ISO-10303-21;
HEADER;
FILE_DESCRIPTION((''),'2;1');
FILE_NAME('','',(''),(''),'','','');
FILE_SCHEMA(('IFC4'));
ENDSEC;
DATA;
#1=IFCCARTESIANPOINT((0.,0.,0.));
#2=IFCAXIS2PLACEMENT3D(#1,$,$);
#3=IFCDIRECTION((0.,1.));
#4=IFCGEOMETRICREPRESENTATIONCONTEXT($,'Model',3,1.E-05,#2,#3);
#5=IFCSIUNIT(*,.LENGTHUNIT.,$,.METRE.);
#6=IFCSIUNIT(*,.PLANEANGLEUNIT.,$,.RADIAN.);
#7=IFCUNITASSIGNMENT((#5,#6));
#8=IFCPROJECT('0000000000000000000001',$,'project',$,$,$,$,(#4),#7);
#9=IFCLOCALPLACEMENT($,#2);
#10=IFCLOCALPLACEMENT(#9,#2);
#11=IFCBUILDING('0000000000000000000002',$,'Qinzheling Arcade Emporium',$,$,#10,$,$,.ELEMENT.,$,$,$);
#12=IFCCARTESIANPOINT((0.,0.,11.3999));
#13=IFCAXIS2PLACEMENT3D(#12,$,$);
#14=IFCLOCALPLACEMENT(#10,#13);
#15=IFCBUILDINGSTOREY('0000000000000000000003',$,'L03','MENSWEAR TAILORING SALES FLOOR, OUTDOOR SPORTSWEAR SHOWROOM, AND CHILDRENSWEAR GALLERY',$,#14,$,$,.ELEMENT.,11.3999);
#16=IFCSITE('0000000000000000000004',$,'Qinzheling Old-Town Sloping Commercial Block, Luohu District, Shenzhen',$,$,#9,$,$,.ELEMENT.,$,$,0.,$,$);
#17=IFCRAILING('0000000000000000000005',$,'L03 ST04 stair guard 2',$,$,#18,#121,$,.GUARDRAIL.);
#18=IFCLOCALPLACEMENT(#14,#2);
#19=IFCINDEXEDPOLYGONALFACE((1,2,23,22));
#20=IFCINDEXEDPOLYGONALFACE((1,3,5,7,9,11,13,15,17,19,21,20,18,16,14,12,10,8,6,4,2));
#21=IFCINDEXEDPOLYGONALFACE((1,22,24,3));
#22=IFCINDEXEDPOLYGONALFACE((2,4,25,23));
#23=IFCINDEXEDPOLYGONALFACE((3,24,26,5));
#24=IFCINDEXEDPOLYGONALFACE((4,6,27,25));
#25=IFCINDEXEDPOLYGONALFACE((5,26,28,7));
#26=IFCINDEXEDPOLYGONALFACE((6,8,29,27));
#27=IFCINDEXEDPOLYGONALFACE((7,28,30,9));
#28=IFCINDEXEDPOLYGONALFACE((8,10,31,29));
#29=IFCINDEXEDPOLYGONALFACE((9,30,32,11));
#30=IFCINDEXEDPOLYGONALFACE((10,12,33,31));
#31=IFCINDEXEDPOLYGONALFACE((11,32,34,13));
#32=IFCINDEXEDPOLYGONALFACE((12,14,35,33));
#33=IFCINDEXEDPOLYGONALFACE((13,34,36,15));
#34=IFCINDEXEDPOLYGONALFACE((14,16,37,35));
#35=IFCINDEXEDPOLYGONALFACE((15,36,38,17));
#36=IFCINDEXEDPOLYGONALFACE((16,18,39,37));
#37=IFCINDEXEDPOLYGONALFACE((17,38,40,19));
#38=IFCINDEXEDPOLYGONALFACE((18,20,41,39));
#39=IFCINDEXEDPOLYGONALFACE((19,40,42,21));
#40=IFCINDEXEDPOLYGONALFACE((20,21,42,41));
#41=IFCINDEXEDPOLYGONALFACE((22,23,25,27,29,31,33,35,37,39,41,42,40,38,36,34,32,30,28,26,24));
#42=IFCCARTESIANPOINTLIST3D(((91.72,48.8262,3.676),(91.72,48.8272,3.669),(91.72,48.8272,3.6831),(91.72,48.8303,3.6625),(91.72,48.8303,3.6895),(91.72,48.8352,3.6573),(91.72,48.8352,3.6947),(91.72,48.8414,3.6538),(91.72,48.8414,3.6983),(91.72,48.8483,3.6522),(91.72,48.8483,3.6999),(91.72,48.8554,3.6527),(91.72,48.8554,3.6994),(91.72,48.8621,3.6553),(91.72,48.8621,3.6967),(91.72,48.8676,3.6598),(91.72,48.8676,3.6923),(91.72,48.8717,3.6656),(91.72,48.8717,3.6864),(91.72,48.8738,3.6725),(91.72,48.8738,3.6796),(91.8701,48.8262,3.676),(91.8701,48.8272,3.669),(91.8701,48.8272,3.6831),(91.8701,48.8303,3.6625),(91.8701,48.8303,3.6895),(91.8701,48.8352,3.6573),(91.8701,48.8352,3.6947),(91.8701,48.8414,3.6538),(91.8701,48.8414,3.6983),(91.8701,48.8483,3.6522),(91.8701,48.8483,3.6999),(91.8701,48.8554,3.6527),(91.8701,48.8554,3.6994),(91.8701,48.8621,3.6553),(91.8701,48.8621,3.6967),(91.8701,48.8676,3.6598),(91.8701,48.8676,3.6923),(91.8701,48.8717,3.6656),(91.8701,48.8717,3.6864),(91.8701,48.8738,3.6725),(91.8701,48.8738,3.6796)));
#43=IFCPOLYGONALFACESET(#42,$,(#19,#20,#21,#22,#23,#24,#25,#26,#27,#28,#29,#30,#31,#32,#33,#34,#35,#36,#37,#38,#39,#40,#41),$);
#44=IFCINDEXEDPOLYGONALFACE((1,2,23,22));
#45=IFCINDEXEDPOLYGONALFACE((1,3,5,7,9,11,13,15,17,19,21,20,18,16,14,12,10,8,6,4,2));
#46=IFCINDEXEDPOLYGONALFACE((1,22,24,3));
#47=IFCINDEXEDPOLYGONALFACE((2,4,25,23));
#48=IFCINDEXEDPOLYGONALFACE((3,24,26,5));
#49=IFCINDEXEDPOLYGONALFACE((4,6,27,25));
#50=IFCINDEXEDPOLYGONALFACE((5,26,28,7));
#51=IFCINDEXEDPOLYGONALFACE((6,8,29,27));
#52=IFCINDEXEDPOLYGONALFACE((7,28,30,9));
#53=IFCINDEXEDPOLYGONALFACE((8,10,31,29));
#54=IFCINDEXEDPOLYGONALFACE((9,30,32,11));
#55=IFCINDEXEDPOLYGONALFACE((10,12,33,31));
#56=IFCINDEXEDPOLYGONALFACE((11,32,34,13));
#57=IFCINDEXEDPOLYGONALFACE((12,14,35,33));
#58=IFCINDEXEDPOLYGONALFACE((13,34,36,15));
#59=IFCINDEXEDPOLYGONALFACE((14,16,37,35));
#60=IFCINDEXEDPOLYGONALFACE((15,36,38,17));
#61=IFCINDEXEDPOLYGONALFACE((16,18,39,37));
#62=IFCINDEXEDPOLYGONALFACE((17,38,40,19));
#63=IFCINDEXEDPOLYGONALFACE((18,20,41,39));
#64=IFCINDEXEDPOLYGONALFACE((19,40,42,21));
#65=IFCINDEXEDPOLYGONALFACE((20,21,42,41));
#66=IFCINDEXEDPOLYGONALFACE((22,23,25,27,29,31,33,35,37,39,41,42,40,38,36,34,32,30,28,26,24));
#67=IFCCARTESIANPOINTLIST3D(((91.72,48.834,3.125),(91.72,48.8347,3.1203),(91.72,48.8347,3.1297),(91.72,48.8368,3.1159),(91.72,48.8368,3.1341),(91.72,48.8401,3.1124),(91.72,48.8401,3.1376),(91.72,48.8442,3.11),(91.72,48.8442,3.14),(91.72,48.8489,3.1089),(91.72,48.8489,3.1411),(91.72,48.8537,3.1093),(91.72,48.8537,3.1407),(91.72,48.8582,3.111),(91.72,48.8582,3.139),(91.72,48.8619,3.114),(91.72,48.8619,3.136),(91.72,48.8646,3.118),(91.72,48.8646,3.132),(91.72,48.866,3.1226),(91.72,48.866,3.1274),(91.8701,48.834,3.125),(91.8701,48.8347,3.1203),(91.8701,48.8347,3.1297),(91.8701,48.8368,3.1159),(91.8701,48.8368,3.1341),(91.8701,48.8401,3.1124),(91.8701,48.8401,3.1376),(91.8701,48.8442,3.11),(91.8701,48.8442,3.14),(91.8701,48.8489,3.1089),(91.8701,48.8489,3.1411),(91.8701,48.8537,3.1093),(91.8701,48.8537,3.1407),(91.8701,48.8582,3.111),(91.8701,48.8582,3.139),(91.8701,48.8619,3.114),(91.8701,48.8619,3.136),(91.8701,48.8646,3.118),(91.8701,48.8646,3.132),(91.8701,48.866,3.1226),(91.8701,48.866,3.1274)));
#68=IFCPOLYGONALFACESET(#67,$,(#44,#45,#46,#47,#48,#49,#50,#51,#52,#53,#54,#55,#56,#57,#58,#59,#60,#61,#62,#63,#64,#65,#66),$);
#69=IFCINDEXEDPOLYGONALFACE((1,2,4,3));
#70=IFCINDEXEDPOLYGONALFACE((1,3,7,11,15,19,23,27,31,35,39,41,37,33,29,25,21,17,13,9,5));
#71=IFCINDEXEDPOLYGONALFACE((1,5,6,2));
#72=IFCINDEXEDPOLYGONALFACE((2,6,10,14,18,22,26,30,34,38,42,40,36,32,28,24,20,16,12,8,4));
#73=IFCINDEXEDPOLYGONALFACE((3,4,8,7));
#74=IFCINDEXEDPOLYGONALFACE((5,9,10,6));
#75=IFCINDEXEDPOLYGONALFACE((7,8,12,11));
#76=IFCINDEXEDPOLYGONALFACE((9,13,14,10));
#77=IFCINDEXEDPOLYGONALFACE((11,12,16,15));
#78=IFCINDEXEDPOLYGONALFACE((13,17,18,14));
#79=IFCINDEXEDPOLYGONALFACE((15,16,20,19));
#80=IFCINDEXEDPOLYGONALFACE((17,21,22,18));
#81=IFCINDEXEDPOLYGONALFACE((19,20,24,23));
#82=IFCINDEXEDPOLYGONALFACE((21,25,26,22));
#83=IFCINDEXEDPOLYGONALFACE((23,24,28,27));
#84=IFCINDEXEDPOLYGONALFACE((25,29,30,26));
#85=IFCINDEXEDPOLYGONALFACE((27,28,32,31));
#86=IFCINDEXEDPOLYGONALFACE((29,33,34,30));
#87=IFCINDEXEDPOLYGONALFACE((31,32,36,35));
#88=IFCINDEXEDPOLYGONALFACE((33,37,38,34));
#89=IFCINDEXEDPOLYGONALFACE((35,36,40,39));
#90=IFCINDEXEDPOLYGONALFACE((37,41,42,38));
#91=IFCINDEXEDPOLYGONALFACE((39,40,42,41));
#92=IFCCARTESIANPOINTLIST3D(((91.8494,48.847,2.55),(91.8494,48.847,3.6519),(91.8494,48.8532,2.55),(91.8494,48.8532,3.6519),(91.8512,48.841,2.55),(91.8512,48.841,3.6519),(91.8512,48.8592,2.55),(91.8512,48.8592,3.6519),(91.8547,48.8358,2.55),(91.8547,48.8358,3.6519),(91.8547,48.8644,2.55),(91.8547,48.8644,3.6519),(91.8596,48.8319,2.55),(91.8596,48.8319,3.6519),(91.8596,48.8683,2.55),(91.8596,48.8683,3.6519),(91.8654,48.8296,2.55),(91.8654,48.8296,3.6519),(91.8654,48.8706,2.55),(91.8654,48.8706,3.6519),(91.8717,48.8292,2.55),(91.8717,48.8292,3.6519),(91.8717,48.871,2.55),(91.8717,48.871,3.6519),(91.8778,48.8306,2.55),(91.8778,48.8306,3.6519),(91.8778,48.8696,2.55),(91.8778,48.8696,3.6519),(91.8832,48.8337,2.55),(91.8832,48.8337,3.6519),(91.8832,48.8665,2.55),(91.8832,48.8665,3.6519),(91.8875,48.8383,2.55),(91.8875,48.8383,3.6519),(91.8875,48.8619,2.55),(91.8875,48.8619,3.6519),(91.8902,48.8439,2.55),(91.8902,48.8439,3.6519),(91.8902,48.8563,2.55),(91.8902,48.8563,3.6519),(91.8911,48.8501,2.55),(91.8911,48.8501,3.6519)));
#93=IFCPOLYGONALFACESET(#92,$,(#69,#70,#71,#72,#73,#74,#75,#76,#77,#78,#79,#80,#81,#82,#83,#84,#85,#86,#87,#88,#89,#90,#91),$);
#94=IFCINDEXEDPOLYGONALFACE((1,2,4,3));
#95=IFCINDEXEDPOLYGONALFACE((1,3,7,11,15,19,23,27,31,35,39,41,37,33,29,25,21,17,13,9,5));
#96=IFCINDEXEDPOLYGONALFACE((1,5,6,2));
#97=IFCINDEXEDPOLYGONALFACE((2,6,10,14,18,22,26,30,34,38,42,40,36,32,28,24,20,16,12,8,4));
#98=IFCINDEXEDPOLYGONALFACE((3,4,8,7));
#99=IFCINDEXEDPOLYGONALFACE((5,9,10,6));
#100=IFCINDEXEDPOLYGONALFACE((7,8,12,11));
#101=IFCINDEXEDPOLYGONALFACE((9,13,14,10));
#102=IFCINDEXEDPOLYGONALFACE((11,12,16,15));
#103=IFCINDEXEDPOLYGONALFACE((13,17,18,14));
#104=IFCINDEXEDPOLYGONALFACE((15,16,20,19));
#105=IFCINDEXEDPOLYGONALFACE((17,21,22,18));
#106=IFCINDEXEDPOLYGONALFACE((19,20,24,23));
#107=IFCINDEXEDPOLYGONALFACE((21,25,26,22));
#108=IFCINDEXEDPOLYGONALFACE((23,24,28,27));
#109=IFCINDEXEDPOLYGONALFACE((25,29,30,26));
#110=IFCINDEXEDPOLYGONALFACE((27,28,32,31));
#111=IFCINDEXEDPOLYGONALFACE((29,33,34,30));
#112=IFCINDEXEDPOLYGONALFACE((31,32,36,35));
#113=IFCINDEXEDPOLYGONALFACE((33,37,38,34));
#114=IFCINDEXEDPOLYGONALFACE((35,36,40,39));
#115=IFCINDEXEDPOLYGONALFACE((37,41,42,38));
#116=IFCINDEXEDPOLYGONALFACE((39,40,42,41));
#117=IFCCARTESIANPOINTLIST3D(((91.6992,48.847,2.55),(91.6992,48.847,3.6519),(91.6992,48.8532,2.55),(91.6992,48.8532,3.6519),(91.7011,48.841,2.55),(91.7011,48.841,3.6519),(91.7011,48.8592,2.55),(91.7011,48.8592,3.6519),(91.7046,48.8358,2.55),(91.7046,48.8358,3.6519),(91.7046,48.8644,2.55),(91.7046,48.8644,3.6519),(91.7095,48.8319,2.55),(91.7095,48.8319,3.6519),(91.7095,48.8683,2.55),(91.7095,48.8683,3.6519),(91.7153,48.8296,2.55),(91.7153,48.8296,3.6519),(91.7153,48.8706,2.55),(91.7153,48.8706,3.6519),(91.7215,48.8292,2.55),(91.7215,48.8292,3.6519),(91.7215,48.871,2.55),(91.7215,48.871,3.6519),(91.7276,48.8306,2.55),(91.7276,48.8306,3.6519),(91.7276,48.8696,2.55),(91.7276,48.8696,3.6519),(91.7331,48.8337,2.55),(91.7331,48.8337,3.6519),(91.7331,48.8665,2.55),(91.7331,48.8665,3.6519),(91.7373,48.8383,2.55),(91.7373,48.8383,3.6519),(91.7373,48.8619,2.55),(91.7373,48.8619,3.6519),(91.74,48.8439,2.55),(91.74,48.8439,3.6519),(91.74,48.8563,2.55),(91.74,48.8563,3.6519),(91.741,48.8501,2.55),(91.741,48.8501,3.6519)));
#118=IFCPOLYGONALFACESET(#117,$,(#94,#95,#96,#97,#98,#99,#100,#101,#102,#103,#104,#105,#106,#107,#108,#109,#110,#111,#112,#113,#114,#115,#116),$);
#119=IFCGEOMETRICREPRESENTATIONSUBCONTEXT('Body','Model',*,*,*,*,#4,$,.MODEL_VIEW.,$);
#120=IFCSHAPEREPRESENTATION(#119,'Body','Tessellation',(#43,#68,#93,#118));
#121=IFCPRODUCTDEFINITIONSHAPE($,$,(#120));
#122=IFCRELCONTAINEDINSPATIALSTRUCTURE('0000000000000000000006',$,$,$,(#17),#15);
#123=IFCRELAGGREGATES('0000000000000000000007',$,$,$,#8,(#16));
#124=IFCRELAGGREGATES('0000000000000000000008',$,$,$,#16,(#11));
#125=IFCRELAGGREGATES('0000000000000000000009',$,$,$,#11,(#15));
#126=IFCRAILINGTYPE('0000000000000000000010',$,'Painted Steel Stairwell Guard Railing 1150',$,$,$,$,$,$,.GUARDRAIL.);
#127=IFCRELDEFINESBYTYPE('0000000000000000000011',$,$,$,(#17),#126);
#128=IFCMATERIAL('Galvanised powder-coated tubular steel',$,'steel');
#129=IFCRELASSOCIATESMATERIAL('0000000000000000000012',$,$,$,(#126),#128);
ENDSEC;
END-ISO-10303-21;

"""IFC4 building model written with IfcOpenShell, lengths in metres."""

from ifc_helpers import new_model, si_unit, direction, frame, origin, origin_2d, place, context, subcontext, project, spatial, circle, extrude, material, type_object, element, save


model = new_model("IFC4")

# Units and contexts
model_context = context("Model", 3, precision=1e-05, world=origin(), true_north=direction((0.0, 1.0)))
body_context = subcontext(model_context, "Body", "Model", "MODEL_VIEW")
ifc_project = project(units=[si_unit("LENGTHUNIT", "METRE"), si_unit("PLANEANGLEUNIT", "RADIAN")], contexts=[model_context])

# Site, building, storey
site_placement = place(None, origin())
site = spatial("IfcSite", under=ifc_project, at=site_placement, Name="Qinzheling Old-Town Sloping Commercial Block, Luohu District, Shenzhen", CompositionType="ELEMENT", RefElevation=0.0)
building_placement = place(site_placement, origin())
building = spatial("IfcBuilding", under=site, at=building_placement, Name="Qinzheling Arcade Emporium", CompositionType="ELEMENT")
storey_placement = place(building_placement, frame((0.0, 0.0, 11.3999)))
storey = spatial("IfcBuildingStorey", under=building, at=storey_placement, Name="L03", Description="MENSWEAR TAILORING SALES FLOOR, OUTDOOR SPORTSWEAR SHOWROOM, AND CHILDRENSWEAR GALLERY", CompositionType="ELEMENT", Elevation=11.3999)

# Railing
ifc_material_1 = material(Name="Galvanised powder-coated tubular steel", Category="steel")
railing_type_1 = type_object("IfcRailingType", Name="Painted Steel Stairwell Guard Railing 1150", PredefinedType="GUARDRAIL", material=ifc_material_1)
railing_1_placement = place(storey_placement, frame((91.8701, 48.8501, 2.55)))
element("IfcRailing", 1, at=railing_1_placement, inside=storey, type_object=railing_type_1, Name="L03 ST04 stair guard 2", PredefinedType="GUARDRAIL", context=body_context, shape_type="SweptSolid", body=[
    extrude(circle(Radius=0.0239, at=origin_2d()), frame((0.0, 0.0, 1.126), z_axis=(-1.0, 0.0, 0.0), x_axis=(0.0, -1.0, 0.0)), (0.0, 0.0, 1.0), 0.1501),
    extrude(circle(Radius=0.0161, at=origin_2d()), frame((0.0, 0.0, 0.575), z_axis=(-1.0, 0.0, 0.0), x_axis=(0.0, -1.0, 0.0)), (0.0, 0.0, 1.0), 0.1501),
    extrude(circle(Radius=0.021, at=origin_2d()), origin(), (0.0, 0.0, 1.0), 1.1018),
    extrude(circle(Radius=0.021, at=origin_2d()), frame((-0.1501, 0.0, 0.0)), (0.0, 0.0, 1.0), 1.1018),
])

save(model, "model.ifc")
